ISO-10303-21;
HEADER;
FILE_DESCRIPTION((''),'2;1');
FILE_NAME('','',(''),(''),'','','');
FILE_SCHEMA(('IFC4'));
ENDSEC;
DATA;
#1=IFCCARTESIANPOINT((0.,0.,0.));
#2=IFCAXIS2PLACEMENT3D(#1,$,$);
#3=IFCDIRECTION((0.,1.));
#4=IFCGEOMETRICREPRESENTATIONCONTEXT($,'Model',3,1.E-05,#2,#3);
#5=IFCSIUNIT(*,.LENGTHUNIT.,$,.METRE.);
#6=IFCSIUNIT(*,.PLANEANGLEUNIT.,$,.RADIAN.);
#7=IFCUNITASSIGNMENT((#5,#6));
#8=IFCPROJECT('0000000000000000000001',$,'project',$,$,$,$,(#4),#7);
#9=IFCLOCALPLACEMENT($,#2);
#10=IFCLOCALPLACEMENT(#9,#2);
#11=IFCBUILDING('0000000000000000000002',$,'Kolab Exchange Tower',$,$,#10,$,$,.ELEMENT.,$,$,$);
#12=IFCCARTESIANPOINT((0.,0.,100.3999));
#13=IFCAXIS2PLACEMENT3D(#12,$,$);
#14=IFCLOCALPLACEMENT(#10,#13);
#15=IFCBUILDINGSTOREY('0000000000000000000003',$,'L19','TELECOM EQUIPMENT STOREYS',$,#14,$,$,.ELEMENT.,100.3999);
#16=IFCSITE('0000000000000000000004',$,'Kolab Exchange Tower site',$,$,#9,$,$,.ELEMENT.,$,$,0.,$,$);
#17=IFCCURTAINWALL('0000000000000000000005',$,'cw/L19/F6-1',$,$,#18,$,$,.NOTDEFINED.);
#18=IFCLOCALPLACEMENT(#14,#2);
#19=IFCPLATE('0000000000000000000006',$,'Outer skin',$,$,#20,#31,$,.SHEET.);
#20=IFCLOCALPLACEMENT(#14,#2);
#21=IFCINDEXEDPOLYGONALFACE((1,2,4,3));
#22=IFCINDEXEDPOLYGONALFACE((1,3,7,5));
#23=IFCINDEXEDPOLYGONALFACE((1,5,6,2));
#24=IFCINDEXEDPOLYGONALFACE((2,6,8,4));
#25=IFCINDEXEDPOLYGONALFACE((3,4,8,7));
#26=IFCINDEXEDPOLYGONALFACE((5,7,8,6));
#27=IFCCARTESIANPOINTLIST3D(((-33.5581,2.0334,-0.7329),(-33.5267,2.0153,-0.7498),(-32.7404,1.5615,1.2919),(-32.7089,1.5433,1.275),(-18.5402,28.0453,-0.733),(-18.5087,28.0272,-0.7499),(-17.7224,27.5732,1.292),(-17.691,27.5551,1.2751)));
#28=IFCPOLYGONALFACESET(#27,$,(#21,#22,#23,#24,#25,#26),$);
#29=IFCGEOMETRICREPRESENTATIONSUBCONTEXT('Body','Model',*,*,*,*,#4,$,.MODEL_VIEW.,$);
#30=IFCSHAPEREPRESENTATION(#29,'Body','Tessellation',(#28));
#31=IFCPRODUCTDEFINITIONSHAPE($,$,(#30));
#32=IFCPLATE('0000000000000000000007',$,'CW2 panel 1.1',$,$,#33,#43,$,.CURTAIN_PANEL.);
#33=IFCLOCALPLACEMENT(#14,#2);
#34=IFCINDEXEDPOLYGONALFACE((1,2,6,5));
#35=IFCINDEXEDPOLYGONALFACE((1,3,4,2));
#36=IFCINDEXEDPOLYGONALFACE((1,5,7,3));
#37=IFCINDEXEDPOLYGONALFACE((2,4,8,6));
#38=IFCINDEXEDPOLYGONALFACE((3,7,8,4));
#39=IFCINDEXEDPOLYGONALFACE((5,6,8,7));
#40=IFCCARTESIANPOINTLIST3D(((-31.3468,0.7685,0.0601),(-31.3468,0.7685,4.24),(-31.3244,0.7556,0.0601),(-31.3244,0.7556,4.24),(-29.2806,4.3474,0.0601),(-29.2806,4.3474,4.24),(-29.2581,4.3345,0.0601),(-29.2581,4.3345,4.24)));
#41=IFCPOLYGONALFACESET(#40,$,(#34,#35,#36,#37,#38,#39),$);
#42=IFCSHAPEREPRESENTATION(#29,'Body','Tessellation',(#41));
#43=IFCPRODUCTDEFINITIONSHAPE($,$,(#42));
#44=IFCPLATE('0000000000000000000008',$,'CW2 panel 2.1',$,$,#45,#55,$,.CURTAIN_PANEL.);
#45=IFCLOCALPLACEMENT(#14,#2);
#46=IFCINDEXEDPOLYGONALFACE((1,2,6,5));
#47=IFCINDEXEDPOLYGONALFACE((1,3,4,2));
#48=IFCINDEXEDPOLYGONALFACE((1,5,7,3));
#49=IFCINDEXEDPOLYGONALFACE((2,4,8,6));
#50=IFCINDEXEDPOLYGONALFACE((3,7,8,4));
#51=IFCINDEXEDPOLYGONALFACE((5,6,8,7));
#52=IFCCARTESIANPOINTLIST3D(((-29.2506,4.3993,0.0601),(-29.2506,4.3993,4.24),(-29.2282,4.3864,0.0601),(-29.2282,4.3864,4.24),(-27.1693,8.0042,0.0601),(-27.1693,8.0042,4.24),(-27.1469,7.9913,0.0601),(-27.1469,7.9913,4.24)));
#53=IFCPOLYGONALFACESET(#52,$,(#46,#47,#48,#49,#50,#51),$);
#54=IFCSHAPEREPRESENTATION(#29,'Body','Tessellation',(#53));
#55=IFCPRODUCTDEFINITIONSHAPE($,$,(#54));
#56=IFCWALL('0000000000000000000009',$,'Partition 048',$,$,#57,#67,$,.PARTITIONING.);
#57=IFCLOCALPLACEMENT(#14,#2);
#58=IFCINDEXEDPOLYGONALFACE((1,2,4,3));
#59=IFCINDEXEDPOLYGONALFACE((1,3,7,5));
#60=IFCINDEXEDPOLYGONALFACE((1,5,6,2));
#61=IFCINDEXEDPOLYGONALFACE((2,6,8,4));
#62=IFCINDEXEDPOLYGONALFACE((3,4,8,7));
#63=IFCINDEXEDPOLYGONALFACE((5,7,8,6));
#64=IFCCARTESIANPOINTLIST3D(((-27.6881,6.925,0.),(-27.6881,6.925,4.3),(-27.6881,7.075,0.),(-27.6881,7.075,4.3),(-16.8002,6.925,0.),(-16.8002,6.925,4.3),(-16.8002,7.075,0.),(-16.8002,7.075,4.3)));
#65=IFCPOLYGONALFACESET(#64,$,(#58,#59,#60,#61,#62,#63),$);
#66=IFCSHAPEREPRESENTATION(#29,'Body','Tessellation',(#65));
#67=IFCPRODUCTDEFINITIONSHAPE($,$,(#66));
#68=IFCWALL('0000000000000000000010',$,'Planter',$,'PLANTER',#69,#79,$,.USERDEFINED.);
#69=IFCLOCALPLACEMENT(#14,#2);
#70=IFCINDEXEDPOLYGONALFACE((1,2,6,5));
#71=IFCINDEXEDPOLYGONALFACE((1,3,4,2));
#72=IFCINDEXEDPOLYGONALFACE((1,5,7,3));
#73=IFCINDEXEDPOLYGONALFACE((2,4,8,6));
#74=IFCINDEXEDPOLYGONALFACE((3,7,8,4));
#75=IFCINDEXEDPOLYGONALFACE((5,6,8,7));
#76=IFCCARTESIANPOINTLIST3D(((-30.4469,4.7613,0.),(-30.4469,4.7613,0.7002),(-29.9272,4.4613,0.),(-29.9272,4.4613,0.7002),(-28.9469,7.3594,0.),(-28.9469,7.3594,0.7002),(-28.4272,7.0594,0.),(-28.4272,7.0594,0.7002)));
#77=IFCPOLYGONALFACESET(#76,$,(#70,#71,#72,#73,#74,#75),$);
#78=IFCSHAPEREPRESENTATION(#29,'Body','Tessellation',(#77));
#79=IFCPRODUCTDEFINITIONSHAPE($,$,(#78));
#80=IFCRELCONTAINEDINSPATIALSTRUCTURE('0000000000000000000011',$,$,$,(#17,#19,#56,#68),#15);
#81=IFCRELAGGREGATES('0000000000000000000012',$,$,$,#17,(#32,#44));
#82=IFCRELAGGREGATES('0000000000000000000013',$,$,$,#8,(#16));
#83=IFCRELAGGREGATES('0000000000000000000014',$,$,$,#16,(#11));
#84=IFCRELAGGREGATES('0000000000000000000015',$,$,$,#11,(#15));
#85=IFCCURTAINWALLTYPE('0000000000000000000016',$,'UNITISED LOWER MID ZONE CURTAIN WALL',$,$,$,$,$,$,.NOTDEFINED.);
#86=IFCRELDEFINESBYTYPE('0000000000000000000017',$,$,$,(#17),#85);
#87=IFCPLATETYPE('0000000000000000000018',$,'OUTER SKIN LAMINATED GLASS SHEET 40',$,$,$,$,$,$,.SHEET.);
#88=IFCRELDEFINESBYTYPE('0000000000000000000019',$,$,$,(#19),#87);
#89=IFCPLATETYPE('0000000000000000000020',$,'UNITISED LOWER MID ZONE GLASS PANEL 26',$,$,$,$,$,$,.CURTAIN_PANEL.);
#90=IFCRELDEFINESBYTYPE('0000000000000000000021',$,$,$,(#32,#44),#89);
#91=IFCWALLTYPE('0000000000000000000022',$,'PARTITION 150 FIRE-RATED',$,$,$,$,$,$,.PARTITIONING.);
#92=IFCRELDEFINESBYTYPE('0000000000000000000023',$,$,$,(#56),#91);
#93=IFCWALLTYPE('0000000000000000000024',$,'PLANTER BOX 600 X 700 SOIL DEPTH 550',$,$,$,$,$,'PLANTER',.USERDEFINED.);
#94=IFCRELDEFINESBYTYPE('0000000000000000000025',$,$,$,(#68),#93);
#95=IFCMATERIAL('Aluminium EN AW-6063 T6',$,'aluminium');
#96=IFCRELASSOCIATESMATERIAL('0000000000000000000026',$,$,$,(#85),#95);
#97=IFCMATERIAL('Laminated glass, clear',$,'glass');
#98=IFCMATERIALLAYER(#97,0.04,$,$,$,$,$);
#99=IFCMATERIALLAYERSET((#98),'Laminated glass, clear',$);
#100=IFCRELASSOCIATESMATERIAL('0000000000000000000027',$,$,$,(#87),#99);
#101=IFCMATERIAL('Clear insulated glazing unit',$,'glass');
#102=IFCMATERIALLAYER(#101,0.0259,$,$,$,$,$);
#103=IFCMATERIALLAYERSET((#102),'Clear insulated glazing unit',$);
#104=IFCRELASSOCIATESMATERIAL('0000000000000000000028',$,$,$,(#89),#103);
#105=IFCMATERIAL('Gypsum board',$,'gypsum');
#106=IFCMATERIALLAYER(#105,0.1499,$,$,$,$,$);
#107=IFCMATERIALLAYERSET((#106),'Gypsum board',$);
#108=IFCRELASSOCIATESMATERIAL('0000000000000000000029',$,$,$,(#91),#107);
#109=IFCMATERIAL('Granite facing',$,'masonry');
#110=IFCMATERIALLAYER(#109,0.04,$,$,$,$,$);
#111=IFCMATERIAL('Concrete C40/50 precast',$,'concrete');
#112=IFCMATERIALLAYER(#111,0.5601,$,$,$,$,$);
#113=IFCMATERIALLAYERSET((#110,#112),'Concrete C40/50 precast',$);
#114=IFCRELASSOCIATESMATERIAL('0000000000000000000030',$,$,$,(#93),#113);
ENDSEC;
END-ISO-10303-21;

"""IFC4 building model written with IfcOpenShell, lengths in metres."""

from ifc_helpers import new_model, si_unit, direction, frame, frame_2d, origin, origin_2d, place, context, subcontext, project, spatial, polyline, rectangle, outline, extrude, material, layer, layer_set, type_object, element, aggregate, save


model = new_model("IFC4")

# Units and contexts
model_context = context("Model", 3, precision=1e-05, world=origin(), true_north=direction((0.0, 1.0)))
body_context = subcontext(model_context, "Body", "Model", "MODEL_VIEW")
ifc_project = project(units=[si_unit("LENGTHUNIT", "METRE"), si_unit("PLANEANGLEUNIT", "RADIAN")], contexts=[model_context])

# Site, building, storey
site_placement = place(None, origin())
site = spatial("IfcSite", under=ifc_project, at=site_placement, Name="Kolab Exchange Tower site", CompositionType="ELEMENT", RefElevation=0.0)
building_placement = place(site_placement, origin())
building = spatial("IfcBuilding", under=site, at=building_placement, Name="Kolab Exchange Tower", CompositionType="ELEMENT")
storey_placement = place(building_placement, frame((0.0, 0.0, 100.3999)))
storey = spatial("IfcBuildingStorey", under=building, at=storey_placement, Name="L19", Description="TELECOM EQUIPMENT STOREYS", CompositionType="ELEMENT", Elevation=100.3999)

# Curtain wall
ifc_material_1 = material(Name="Aluminium EN AW-6063 T6", Category="aluminium")
curtain_wall_type = type_object("IfcCurtainWallType", Name="UNITISED LOWER MID ZONE CURTAIN WALL", PredefinedType="NOTDEFINED", material=ifc_material_1)
curtain_wall_1_placement = place(storey_placement, origin())
curtain_wall_1 = element("IfcCurtainWall", 1, at=curtain_wall_1_placement, inside=storey, type_object=curtain_wall_type, Name="cw/L19/F6-1", PredefinedType="NOTDEFINED")

# Plates
ifc_material_2 = material(Name="Laminated glass, clear", Category="glass")
ifc_layer_1 = layer(ifc_material_2, 0.04)
ifc_layer_set_1 = layer_set([ifc_layer_1], Name="Laminated glass, clear")
plate_type_1 = type_object("IfcPlateType", Name="OUTER SKIN LAMINATED GLASS SHEET 40", PredefinedType="SHEET", material=ifc_layer_set_1)
plate_1_placement = place(storey_placement, frame((-33.5581, 2.0334, -0.7329), z_axis=(-0.784887, 0.453155, 0.422613), x_axis=(0.499999, 0.866026, -0.000002)))
element("IfcPlate", 2, at=plate_1_placement, inside=storey, type_object=plate_type_1, Name="Outer skin", PredefinedType="SHEET", context=body_context, shape_type="SweptSolid", body=[
    extrude(outline(polyline([(0.0, 0.0), (30.0359, 0.0), (30.036, -2.2343), (0.0001, -2.2342), (0.0, 0.0)])), origin(), (0.0, 0.0, -1.0), 0.04),
])
ifc_material_3 = material(Name="Clear insulated glazing unit", Category="glass")
ifc_layer_2 = layer(ifc_material_3, 0.0259)
ifc_layer_set_2 = layer_set([ifc_layer_2], Name="Clear insulated glazing unit")
plate_type_2 = type_object("IfcPlateType", Name="UNITISED LOWER MID ZONE GLASS PANEL 26", PredefinedType="CURTAIN_PANEL", material=ifc_layer_set_2)
plate_2_placement = place(storey_placement, frame((-30.3025, 2.5515, 0.0601), z_axis=(0.0, 0.0, 1.0), x_axis=(0.5, 0.866025, 0.0)))
plate_2 = element("IfcPlate", 3, at=plate_2_placement, type_object=plate_type_2, Name="CW2 panel 1.1", PredefinedType="CURTAIN_PANEL", context=body_context, shape_type="SweptSolid", body=[
    extrude(rectangle(XDim=4.1326, YDim=0.0259, at=origin_2d()), origin(), (0.0, 0.0, 1.0), 4.1799),
])
plate_3_placement = place(storey_placement, frame((-28.1987, 6.1953, 0.0601), z_axis=(0.0, 0.0, 1.0), x_axis=(0.5, 0.866025, 0.0)))
plate_3 = element("IfcPlate", 4, at=plate_3_placement, type_object=plate_type_2, Name="CW2 panel 2.1", PredefinedType="CURTAIN_PANEL", context=body_context, shape_type="SweptSolid", body=[
    extrude(rectangle(XDim=4.1626, YDim=0.0259, at=origin_2d()), origin(), (0.0, 0.0, 1.0), 4.1799),
])
aggregate(curtain_wall_1, [plate_2, plate_3])

# Walls
ifc_material_4 = material(Name="Gypsum board", Category="gypsum")
ifc_layer_3 = layer(ifc_material_4, 0.1499)
ifc_layer_set_3 = layer_set([ifc_layer_3], Name="Gypsum board")
wall_type_1 = type_object("IfcWallType", Name="PARTITION 150 FIRE-RATED", PredefinedType="PARTITIONING", material=ifc_layer_set_3)
wall_1_placement = place(storey_placement, frame((-27.688, 7.0, 0.0), z_axis=(0.0, 0.0, 1.0), x_axis=(1.0, 0.0, 0.0)))
element("IfcWall", 5, at=wall_1_placement, inside=storey, type_object=wall_type_1, Name="Partition 048", PredefinedType="PARTITIONING", context=body_context, shape_type="SweptSolid", body=[
    extrude(rectangle(XDim=10.8879, YDim=0.1499, at=frame_2d((5.4438, 0.0))), origin(), (0.0, 0.0, 1.0), 4.3),
])
ifc_material_5 = material(Name="Granite facing", Category="masonry")
ifc_layer_4 = layer(ifc_material_5, 0.04)
ifc_material_6 = material(Name="Concrete C40/50 precast", Category="concrete")
ifc_layer_5 = layer(ifc_material_6, 0.5601)
ifc_layer_set_4 = layer_set([ifc_layer_4, ifc_layer_5], Name="Concrete C40/50 precast")
wall_type_2 = type_object("IfcWallType", Name="PLANTER BOX 600 X 700 SOIL DEPTH 550", ElementType="PLANTER", PredefinedType="USERDEFINED", material=ifc_layer_set_4)
wall_2_placement = place(storey_placement, frame((-30.187, 4.6113, 0.0), z_axis=(0.0, 0.0, 1.0), x_axis=(0.49999, 0.866031, 0.0)))
element("IfcWall", 6, at=wall_2_placement, inside=storey, type_object=wall_type_2, Name="Planter", ObjectType="PLANTER", PredefinedType="USERDEFINED", context=body_context, shape_type="SweptSolid", body=[
    extrude(rectangle(XDim=3.0, YDim=0.6001, at=frame_2d((1.5, 0.0))), origin(), (0.0, 0.0, 1.0), 0.7002),
])

save(model, "model.ifc")
